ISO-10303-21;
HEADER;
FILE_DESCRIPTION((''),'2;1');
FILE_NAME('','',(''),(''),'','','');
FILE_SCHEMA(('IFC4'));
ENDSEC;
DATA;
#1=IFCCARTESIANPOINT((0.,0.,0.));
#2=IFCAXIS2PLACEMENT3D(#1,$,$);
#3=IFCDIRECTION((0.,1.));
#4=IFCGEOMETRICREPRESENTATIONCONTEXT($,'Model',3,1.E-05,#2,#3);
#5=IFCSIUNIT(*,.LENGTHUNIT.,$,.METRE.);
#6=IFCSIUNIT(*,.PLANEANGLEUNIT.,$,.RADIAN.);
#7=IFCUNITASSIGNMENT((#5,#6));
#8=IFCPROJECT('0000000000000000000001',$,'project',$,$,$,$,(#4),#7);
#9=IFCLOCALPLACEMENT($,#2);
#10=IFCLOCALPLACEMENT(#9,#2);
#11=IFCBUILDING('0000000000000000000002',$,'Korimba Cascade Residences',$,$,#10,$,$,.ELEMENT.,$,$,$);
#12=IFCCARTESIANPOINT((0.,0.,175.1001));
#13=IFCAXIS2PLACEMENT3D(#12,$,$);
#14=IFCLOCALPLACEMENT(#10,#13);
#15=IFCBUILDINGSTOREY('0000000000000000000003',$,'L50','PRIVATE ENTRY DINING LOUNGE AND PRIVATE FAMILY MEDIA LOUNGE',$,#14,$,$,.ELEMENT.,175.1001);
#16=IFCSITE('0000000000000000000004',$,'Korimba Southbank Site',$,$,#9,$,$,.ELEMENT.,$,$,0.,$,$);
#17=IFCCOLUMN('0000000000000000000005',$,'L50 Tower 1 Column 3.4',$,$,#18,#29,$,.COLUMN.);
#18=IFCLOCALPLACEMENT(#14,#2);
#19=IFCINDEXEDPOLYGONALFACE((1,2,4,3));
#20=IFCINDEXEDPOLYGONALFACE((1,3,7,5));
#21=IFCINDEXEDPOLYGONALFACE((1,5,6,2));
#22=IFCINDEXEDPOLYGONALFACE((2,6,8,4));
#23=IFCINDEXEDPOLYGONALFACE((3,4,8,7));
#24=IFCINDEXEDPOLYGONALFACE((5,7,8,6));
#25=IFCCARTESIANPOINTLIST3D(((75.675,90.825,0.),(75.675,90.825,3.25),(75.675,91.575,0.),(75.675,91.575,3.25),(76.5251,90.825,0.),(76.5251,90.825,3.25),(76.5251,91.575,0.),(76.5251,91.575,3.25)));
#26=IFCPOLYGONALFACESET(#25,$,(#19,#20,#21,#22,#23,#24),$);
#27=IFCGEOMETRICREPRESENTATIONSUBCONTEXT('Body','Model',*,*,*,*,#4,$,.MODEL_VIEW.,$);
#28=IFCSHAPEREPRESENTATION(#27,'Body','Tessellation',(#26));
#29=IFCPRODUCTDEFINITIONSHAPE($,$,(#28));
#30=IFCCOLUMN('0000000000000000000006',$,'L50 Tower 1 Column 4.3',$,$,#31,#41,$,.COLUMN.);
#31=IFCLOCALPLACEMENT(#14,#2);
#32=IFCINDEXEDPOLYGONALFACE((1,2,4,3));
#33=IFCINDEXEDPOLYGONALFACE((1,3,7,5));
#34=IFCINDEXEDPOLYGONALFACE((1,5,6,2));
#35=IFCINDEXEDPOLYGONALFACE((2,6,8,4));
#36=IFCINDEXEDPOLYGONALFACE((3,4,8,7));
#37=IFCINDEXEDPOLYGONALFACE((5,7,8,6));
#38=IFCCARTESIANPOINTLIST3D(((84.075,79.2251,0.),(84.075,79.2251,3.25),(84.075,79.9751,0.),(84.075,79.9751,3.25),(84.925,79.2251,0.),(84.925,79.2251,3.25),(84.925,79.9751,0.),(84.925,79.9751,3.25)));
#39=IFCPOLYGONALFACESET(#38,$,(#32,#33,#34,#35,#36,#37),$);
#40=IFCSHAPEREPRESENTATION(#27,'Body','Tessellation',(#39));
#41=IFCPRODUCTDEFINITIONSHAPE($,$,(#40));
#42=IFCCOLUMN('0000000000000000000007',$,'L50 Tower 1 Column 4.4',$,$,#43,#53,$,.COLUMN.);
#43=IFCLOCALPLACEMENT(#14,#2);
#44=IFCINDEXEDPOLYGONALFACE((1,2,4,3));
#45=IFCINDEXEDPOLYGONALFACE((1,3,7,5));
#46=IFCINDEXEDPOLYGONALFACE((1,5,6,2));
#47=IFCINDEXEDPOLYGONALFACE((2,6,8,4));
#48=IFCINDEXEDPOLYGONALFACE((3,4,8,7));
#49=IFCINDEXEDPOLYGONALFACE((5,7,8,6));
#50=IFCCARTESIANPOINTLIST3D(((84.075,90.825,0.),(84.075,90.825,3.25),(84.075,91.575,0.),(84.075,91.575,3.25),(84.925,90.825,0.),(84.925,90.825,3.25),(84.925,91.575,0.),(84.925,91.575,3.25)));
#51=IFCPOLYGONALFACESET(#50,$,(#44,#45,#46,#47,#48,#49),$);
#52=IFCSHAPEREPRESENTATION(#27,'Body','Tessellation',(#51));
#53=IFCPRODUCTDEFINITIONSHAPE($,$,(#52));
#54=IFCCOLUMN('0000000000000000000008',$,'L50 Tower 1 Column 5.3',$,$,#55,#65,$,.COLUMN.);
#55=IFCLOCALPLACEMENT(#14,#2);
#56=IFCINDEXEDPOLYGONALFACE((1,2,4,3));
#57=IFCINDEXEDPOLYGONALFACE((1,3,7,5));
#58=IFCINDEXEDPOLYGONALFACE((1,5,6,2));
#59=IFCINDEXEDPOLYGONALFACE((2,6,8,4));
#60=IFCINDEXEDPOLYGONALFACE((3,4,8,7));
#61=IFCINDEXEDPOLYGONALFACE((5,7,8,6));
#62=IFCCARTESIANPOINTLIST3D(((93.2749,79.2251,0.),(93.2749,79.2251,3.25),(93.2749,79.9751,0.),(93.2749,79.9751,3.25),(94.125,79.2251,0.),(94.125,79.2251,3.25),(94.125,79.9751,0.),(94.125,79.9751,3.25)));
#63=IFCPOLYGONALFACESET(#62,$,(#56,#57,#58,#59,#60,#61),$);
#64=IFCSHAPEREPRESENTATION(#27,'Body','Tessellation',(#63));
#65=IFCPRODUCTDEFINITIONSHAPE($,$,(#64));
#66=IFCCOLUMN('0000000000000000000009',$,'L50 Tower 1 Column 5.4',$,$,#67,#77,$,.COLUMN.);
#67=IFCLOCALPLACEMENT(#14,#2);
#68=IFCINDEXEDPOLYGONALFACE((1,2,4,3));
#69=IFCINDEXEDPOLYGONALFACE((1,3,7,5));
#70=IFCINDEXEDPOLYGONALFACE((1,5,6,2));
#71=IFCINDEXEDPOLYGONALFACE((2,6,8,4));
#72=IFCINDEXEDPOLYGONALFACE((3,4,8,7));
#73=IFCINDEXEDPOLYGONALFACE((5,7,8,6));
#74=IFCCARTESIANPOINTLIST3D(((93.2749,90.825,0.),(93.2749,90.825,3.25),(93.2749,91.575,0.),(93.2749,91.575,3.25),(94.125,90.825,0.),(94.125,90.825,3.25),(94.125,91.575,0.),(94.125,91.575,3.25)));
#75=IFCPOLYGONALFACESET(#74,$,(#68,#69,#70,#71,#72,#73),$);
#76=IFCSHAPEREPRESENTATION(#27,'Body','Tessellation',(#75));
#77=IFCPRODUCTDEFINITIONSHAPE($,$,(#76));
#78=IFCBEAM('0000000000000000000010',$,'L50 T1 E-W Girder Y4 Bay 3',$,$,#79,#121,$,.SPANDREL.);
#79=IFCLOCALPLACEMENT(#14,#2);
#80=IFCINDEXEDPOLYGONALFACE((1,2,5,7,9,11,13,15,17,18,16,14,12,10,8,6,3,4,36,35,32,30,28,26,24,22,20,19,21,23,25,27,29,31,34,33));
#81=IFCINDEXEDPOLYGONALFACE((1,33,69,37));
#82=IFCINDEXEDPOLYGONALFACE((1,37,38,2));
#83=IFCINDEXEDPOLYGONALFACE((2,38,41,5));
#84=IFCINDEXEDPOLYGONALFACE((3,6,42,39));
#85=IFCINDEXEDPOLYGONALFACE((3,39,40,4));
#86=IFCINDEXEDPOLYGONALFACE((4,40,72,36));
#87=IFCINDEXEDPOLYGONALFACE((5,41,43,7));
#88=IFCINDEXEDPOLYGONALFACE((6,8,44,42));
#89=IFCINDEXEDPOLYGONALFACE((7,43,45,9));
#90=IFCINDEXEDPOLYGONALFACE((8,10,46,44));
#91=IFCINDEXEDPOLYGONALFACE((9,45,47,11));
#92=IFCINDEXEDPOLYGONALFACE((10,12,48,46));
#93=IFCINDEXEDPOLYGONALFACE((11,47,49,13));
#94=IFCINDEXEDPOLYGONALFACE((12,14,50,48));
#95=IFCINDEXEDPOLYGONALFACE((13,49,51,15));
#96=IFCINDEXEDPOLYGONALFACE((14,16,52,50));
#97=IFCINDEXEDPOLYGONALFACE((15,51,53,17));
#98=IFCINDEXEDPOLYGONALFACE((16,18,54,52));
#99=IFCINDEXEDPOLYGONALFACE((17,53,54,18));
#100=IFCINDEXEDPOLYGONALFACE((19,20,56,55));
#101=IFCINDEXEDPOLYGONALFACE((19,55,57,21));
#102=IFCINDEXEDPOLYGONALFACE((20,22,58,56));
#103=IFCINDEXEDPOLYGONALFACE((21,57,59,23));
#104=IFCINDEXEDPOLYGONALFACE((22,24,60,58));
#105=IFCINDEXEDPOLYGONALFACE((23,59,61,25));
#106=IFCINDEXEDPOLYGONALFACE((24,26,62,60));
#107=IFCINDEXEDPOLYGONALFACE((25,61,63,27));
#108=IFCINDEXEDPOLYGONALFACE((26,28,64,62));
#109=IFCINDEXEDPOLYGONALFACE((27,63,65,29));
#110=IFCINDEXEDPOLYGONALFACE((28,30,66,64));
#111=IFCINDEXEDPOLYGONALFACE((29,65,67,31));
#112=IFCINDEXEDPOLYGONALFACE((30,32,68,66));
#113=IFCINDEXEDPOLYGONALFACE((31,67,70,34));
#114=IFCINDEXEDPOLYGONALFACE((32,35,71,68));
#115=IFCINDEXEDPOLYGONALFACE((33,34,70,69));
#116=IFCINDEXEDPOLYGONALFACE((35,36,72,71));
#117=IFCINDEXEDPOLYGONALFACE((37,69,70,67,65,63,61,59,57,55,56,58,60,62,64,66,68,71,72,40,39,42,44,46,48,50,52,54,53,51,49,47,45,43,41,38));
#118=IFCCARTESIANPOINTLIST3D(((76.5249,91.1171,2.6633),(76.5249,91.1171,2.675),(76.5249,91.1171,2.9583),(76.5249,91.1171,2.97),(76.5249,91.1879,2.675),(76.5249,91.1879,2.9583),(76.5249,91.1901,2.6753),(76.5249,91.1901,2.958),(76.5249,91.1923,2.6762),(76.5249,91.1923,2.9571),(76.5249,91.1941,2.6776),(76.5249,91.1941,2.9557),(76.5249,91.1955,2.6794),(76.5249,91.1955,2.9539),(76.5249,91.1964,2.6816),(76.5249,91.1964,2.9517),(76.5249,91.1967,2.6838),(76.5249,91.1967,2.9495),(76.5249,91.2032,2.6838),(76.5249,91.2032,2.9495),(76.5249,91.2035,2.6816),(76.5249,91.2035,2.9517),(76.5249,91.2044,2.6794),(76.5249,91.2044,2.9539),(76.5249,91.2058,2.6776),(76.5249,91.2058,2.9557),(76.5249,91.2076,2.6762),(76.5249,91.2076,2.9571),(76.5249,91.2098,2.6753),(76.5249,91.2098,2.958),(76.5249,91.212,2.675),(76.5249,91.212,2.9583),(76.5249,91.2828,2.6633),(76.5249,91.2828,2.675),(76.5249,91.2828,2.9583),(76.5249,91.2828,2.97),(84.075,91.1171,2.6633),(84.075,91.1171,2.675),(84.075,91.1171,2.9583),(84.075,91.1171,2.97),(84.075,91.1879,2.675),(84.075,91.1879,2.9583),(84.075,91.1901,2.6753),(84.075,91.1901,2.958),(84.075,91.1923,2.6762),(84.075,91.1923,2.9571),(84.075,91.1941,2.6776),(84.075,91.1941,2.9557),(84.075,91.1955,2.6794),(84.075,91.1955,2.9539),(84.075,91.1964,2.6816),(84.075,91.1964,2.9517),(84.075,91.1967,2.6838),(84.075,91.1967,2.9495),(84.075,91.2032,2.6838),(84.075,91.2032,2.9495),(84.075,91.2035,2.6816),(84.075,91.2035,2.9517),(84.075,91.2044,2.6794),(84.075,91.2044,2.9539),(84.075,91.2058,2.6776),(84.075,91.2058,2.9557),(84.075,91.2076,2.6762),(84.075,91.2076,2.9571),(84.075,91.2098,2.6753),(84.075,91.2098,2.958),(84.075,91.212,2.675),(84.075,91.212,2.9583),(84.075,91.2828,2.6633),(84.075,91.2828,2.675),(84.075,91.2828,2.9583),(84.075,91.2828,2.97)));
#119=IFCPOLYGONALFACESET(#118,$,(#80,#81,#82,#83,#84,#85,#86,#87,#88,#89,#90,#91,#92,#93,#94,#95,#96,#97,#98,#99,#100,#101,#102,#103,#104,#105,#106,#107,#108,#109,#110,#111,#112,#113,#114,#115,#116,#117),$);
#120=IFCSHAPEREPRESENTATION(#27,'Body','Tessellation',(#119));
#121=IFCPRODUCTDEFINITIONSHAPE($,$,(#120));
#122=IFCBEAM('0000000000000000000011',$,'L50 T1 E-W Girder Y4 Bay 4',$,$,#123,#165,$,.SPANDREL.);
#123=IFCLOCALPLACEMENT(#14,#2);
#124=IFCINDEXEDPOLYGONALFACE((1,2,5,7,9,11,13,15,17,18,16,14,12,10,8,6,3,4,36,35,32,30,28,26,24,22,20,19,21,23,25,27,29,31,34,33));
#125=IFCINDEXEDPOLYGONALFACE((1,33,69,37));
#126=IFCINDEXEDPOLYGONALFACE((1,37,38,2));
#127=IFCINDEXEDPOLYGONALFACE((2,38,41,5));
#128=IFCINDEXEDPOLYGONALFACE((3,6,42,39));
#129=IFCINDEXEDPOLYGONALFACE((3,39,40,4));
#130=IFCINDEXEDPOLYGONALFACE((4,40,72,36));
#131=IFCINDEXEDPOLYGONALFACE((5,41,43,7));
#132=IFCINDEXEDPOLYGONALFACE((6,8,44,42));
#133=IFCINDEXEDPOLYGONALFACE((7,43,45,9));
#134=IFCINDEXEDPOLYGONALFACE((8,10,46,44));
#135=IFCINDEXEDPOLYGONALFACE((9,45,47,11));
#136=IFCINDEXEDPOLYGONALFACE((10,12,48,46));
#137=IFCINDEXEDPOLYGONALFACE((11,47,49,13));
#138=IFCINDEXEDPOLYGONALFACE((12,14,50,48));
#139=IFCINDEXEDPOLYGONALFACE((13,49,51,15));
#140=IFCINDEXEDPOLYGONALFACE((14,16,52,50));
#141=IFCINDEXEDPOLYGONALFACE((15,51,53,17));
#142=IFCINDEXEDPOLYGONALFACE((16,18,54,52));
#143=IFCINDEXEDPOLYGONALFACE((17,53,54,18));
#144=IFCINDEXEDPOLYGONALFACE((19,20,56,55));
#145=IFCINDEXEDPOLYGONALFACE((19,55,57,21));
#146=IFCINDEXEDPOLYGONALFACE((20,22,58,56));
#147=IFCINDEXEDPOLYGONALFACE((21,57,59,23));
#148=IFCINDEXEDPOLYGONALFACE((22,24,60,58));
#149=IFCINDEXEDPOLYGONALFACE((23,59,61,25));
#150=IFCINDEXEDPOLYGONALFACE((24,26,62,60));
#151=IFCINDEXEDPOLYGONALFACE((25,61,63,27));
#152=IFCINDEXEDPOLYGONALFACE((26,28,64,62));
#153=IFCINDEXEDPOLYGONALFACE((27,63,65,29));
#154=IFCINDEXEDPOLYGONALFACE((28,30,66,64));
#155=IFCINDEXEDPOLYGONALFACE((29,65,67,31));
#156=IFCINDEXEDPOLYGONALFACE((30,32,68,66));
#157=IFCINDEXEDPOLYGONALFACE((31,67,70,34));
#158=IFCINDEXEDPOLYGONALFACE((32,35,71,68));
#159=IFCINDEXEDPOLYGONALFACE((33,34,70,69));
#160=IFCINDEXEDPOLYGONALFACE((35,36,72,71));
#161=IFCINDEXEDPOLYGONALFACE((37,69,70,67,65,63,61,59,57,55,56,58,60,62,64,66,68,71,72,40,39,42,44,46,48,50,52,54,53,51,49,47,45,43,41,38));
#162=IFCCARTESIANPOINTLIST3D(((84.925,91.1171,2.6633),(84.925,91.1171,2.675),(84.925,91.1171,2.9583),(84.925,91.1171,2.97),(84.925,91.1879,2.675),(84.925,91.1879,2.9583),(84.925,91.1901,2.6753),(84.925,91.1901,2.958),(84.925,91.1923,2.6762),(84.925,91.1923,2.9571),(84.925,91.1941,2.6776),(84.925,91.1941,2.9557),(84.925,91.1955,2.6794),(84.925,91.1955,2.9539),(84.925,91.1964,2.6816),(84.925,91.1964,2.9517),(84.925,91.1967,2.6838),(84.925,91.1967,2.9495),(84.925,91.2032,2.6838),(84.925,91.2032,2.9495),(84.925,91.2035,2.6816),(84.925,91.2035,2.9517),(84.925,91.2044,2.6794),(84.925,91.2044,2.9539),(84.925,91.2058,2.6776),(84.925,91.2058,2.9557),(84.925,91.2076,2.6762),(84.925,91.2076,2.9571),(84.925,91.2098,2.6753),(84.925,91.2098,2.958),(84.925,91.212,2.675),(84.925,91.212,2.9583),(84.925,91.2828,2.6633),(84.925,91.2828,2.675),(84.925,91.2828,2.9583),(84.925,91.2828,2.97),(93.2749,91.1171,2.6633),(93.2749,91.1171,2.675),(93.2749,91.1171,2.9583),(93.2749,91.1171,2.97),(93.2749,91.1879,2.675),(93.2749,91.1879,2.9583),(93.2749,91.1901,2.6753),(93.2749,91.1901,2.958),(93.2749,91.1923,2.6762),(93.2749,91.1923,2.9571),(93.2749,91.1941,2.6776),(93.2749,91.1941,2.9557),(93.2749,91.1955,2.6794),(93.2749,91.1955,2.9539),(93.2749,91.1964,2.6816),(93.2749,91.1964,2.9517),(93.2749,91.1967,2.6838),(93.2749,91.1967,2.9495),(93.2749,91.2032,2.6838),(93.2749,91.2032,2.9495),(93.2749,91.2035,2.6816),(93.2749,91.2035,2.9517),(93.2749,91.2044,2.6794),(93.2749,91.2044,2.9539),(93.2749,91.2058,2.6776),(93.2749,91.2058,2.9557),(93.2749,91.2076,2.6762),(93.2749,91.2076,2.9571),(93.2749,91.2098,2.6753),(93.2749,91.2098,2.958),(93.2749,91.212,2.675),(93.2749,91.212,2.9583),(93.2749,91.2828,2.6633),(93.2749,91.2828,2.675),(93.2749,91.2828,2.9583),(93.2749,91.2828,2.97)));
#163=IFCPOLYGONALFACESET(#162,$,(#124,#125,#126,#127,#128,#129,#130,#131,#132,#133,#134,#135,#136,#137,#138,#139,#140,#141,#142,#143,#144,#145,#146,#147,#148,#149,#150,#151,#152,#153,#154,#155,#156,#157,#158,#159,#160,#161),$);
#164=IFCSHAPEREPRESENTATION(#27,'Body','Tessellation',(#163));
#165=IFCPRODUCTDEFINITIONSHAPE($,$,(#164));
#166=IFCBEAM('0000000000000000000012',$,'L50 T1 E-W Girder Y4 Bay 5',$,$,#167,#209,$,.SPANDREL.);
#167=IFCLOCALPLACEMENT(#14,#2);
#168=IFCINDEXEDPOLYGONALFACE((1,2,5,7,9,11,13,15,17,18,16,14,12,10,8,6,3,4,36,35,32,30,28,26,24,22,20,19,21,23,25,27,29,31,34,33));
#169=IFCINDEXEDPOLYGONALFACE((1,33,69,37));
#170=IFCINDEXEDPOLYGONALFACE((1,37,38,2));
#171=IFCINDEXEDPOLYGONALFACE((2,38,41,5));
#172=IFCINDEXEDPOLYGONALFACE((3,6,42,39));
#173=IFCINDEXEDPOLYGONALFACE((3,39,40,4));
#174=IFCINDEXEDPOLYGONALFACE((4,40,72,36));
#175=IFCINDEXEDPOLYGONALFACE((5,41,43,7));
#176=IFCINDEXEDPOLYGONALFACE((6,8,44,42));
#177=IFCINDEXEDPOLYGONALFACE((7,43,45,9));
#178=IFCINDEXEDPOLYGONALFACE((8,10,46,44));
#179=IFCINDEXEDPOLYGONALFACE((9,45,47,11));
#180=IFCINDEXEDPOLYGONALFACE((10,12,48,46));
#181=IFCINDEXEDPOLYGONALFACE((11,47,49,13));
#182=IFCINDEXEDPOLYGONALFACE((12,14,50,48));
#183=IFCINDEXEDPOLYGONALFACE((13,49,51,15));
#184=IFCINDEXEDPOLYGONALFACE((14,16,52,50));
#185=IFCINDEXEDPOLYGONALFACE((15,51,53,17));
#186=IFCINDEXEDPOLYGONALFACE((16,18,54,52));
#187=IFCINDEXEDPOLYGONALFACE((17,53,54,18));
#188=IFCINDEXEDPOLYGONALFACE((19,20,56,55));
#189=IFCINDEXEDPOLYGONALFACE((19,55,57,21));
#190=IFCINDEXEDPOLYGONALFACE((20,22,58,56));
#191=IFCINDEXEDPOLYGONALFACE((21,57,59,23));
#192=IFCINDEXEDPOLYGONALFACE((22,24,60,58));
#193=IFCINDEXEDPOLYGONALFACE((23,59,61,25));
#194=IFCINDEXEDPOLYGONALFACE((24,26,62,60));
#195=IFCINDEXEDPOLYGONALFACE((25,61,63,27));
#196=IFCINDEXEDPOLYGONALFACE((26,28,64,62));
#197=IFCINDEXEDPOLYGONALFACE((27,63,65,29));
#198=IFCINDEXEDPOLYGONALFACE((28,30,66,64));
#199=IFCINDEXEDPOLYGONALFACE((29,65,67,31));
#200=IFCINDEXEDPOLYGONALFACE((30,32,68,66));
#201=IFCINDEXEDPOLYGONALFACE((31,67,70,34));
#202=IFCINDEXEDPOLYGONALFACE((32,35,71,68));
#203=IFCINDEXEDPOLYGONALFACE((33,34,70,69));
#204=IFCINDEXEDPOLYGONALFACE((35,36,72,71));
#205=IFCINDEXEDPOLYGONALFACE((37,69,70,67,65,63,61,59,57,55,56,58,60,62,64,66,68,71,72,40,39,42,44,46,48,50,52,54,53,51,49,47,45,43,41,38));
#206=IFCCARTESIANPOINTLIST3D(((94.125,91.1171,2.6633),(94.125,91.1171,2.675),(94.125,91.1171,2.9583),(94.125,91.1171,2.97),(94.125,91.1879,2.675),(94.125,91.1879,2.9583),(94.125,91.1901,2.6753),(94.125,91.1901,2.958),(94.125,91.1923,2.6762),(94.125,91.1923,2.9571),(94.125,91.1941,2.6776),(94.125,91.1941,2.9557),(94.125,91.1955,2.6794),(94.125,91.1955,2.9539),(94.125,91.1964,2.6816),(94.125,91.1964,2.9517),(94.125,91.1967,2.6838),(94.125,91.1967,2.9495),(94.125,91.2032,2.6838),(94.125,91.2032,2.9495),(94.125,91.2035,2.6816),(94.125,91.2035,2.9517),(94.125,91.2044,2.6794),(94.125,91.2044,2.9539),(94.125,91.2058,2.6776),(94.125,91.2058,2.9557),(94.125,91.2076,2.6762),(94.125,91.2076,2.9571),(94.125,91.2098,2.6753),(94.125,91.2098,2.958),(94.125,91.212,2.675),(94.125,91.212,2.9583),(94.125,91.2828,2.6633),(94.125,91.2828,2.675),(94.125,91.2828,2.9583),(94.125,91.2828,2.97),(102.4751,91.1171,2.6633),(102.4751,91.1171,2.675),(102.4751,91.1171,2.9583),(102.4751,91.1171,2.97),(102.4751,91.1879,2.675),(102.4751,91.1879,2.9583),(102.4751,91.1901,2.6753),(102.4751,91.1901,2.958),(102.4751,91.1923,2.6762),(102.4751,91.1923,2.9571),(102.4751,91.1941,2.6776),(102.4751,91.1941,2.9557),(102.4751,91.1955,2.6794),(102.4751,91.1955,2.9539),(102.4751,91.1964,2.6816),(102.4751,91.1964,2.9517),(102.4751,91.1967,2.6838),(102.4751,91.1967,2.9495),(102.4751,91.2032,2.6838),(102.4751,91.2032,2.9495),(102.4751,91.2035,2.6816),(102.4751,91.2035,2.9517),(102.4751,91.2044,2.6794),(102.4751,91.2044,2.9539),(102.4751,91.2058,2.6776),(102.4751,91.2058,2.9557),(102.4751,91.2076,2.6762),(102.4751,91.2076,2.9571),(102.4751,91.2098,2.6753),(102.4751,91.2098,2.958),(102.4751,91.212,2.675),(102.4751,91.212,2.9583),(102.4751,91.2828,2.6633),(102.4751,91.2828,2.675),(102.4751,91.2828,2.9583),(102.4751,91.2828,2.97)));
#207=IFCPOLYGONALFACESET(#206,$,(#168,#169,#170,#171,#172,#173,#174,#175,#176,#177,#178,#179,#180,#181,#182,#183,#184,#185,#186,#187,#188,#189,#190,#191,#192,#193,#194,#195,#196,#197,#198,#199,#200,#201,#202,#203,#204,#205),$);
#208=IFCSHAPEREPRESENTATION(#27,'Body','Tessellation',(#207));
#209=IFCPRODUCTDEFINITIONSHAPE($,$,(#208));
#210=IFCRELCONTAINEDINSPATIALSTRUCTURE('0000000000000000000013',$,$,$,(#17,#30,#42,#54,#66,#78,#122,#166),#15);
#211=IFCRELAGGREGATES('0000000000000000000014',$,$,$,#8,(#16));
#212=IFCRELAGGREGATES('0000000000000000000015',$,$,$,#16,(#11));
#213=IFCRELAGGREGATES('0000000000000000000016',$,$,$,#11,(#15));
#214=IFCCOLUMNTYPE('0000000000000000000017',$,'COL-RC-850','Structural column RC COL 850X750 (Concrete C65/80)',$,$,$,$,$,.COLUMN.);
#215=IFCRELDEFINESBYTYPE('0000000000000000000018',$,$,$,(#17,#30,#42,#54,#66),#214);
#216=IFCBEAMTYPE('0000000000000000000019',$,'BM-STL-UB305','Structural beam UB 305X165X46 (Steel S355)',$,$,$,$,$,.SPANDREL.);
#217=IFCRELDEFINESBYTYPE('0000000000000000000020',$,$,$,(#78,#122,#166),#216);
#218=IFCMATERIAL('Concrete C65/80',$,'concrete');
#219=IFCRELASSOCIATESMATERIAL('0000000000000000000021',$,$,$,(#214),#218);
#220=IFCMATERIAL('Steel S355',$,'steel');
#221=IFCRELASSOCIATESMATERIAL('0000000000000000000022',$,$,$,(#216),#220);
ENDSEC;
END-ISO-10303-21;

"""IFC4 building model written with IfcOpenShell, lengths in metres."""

from ifc_helpers import new_model, si_unit, direction, frame, origin, origin_2d, place, context, subcontext, project, spatial, rectangle, i_section, extrude, material, material_profile, profile_set, type_object, element, save


model = new_model("IFC4")

# Units and contexts
model_context = context("Model", 3, precision=1e-05, world=origin(), true_north=direction((0.0, 1.0)))
body_context = subcontext(model_context, "Body", "Model", "MODEL_VIEW")
ifc_project = project(units=[si_unit("LENGTHUNIT", "METRE"), si_unit("PLANEANGLEUNIT", "RADIAN")], contexts=[model_context])

# Site, building, storey
site_placement = place(None, origin())
site = spatial("IfcSite", under=ifc_project, at=site_placement, Name="Korimba Southbank Site", CompositionType="ELEMENT", RefElevation=0.0)
building_placement = place(site_placement, origin())
building = spatial("IfcBuilding", under=site, at=building_placement, Name="Korimba Cascade Residences", CompositionType="ELEMENT")
storey_placement = place(building_placement, frame((0.0, 0.0, 175.1001)))
storey = spatial("IfcBuildingStorey", under=building, at=storey_placement, Name="L50", Description="PRIVATE ENTRY DINING LOUNGE AND PRIVATE FAMILY MEDIA LOUNGE", CompositionType="ELEMENT", Elevation=175.1001)

# Columns
ifc_material_1 = material(Name="Concrete C65/80", Category="concrete")
ifc_material_profile_1 = material_profile(ifc_material_1, rectangle(XDim=0.8501, YDim=0.75, at=origin_2d()), Name="Concrete C65/80")
ifc_profile_set_1 = profile_set([ifc_material_profile_1], Name="Concrete C65/80")
column_type = type_object("IfcColumnType", Name="COL-RC-850", Description="Structural column RC COL 850X750 (Concrete C65/80)", PredefinedType="COLUMN", material=ifc_profile_set_1)
for number, where, z_axis, x_axis, name in (
    (1, (76.1001, 91.2, 0.0), (0.0, 0.0, 1.0), (1.0, 0.0, 0.0), "L50 Tower 1 Column 3.4"),
    (2, (84.5, 79.6001, 0.0), (0.0, 0.0, 1.0), (1.0, 0.0, 0.0), "L50 Tower 1 Column 4.3"),
    (3, (84.5, 91.2, 0.0), (0.0, 0.0, 1.0), (1.0, 0.0, 0.0), "L50 Tower 1 Column 4.4"),
    (4, (93.7, 79.6001, 0.0), (0.0, 0.0, 1.0), (1.0, 0.0, 0.0), "L50 Tower 1 Column 5.3"),
    (5, (93.7, 91.2, 0.0), (0.0, 0.0, 1.0), (1.0, 0.0, 0.0), "L50 Tower 1 Column 5.4"),
):
    element("IfcColumn", number, at=place(storey_placement, frame(where, z_axis=z_axis, x_axis=x_axis)), inside=storey, type_object=column_type, Name=name, PredefinedType="COLUMN", context=body_context, shape_type="SweptSolid", body=[
        extrude(rectangle(XDim=0.8501, YDim=0.75, at=origin_2d()), origin(), (0.0, 0.0, 1.0), 3.25),
    ])

# Beams
ifc_material_2 = material(Name="Steel S355", Category="steel")
ifc_material_profile_2 = material_profile(ifc_material_2, i_section(OverallWidth=0.1658, OverallDepth=0.3066, WebThickness=0.0066, FlangeThickness=0.0117, FilletRadius=0.0088, at=origin_2d()), Name="Steel S355")
ifc_profile_set_2 = profile_set([ifc_material_profile_2], Name="Steel S355")
beam_type_1 = type_object("IfcBeamType", Name="BM-STL-UB305", Description="Structural beam UB 305X165X46 (Steel S355)", PredefinedType="SPANDREL", material=ifc_profile_set_2)
beam_1_placement = place(storey_placement, frame((76.5249, 91.2, 2.8167), z_axis=(1.0, 0.0, 0.0), x_axis=(0.0, 1.0, 0.0)))
element("IfcBeam", 6, at=beam_1_placement, inside=storey, type_object=beam_type_1, Name="L50 T1 E-W Girder Y4 Bay 3", PredefinedType="SPANDREL", context=body_context, shape_type="SweptSolid", body=[
    extrude(i_section(OverallWidth=0.1658, OverallDepth=0.3066, WebThickness=0.0066, FlangeThickness=0.0117, FilletRadius=0.0088, at=origin_2d()), origin(), (0.0, 0.0, 1.0), 7.55),
])
beam_2_placement = place(storey_placement, frame((84.925, 91.2, 2.8167), z_axis=(1.0, 0.0, 0.0), x_axis=(0.0, 1.0, 0.0)))
element("IfcBeam", 7, at=beam_2_placement, inside=storey, type_object=beam_type_1, Name="L50 T1 E-W Girder Y4 Bay 4", PredefinedType="SPANDREL", context=body_context, shape_type="SweptSolid", body=[
    extrude(i_section(OverallWidth=0.1658, OverallDepth=0.3066, WebThickness=0.0066, FlangeThickness=0.0117, FilletRadius=0.0088, at=origin_2d()), origin(), (0.0, 0.0, 1.0), 8.3499),
])
beam_3_placement = place(storey_placement, frame((94.125, 91.2, 2.8167), z_axis=(1.0, 0.0, 0.0), x_axis=(0.0, 1.0, 0.0)))
element("IfcBeam", 8, at=beam_3_placement, inside=storey, type_object=beam_type_1, Name="L50 T1 E-W Girder Y4 Bay 5", PredefinedType="SPANDREL", context=body_context, shape_type="SweptSolid", body=[
    extrude(i_section(OverallWidth=0.1658, OverallDepth=0.3066, WebThickness=0.0066, FlangeThickness=0.0117, FilletRadius=0.0088, at=origin_2d()), origin(), (0.0, 0.0, 1.0), 8.3501),
])

save(model, "model.ifc")
